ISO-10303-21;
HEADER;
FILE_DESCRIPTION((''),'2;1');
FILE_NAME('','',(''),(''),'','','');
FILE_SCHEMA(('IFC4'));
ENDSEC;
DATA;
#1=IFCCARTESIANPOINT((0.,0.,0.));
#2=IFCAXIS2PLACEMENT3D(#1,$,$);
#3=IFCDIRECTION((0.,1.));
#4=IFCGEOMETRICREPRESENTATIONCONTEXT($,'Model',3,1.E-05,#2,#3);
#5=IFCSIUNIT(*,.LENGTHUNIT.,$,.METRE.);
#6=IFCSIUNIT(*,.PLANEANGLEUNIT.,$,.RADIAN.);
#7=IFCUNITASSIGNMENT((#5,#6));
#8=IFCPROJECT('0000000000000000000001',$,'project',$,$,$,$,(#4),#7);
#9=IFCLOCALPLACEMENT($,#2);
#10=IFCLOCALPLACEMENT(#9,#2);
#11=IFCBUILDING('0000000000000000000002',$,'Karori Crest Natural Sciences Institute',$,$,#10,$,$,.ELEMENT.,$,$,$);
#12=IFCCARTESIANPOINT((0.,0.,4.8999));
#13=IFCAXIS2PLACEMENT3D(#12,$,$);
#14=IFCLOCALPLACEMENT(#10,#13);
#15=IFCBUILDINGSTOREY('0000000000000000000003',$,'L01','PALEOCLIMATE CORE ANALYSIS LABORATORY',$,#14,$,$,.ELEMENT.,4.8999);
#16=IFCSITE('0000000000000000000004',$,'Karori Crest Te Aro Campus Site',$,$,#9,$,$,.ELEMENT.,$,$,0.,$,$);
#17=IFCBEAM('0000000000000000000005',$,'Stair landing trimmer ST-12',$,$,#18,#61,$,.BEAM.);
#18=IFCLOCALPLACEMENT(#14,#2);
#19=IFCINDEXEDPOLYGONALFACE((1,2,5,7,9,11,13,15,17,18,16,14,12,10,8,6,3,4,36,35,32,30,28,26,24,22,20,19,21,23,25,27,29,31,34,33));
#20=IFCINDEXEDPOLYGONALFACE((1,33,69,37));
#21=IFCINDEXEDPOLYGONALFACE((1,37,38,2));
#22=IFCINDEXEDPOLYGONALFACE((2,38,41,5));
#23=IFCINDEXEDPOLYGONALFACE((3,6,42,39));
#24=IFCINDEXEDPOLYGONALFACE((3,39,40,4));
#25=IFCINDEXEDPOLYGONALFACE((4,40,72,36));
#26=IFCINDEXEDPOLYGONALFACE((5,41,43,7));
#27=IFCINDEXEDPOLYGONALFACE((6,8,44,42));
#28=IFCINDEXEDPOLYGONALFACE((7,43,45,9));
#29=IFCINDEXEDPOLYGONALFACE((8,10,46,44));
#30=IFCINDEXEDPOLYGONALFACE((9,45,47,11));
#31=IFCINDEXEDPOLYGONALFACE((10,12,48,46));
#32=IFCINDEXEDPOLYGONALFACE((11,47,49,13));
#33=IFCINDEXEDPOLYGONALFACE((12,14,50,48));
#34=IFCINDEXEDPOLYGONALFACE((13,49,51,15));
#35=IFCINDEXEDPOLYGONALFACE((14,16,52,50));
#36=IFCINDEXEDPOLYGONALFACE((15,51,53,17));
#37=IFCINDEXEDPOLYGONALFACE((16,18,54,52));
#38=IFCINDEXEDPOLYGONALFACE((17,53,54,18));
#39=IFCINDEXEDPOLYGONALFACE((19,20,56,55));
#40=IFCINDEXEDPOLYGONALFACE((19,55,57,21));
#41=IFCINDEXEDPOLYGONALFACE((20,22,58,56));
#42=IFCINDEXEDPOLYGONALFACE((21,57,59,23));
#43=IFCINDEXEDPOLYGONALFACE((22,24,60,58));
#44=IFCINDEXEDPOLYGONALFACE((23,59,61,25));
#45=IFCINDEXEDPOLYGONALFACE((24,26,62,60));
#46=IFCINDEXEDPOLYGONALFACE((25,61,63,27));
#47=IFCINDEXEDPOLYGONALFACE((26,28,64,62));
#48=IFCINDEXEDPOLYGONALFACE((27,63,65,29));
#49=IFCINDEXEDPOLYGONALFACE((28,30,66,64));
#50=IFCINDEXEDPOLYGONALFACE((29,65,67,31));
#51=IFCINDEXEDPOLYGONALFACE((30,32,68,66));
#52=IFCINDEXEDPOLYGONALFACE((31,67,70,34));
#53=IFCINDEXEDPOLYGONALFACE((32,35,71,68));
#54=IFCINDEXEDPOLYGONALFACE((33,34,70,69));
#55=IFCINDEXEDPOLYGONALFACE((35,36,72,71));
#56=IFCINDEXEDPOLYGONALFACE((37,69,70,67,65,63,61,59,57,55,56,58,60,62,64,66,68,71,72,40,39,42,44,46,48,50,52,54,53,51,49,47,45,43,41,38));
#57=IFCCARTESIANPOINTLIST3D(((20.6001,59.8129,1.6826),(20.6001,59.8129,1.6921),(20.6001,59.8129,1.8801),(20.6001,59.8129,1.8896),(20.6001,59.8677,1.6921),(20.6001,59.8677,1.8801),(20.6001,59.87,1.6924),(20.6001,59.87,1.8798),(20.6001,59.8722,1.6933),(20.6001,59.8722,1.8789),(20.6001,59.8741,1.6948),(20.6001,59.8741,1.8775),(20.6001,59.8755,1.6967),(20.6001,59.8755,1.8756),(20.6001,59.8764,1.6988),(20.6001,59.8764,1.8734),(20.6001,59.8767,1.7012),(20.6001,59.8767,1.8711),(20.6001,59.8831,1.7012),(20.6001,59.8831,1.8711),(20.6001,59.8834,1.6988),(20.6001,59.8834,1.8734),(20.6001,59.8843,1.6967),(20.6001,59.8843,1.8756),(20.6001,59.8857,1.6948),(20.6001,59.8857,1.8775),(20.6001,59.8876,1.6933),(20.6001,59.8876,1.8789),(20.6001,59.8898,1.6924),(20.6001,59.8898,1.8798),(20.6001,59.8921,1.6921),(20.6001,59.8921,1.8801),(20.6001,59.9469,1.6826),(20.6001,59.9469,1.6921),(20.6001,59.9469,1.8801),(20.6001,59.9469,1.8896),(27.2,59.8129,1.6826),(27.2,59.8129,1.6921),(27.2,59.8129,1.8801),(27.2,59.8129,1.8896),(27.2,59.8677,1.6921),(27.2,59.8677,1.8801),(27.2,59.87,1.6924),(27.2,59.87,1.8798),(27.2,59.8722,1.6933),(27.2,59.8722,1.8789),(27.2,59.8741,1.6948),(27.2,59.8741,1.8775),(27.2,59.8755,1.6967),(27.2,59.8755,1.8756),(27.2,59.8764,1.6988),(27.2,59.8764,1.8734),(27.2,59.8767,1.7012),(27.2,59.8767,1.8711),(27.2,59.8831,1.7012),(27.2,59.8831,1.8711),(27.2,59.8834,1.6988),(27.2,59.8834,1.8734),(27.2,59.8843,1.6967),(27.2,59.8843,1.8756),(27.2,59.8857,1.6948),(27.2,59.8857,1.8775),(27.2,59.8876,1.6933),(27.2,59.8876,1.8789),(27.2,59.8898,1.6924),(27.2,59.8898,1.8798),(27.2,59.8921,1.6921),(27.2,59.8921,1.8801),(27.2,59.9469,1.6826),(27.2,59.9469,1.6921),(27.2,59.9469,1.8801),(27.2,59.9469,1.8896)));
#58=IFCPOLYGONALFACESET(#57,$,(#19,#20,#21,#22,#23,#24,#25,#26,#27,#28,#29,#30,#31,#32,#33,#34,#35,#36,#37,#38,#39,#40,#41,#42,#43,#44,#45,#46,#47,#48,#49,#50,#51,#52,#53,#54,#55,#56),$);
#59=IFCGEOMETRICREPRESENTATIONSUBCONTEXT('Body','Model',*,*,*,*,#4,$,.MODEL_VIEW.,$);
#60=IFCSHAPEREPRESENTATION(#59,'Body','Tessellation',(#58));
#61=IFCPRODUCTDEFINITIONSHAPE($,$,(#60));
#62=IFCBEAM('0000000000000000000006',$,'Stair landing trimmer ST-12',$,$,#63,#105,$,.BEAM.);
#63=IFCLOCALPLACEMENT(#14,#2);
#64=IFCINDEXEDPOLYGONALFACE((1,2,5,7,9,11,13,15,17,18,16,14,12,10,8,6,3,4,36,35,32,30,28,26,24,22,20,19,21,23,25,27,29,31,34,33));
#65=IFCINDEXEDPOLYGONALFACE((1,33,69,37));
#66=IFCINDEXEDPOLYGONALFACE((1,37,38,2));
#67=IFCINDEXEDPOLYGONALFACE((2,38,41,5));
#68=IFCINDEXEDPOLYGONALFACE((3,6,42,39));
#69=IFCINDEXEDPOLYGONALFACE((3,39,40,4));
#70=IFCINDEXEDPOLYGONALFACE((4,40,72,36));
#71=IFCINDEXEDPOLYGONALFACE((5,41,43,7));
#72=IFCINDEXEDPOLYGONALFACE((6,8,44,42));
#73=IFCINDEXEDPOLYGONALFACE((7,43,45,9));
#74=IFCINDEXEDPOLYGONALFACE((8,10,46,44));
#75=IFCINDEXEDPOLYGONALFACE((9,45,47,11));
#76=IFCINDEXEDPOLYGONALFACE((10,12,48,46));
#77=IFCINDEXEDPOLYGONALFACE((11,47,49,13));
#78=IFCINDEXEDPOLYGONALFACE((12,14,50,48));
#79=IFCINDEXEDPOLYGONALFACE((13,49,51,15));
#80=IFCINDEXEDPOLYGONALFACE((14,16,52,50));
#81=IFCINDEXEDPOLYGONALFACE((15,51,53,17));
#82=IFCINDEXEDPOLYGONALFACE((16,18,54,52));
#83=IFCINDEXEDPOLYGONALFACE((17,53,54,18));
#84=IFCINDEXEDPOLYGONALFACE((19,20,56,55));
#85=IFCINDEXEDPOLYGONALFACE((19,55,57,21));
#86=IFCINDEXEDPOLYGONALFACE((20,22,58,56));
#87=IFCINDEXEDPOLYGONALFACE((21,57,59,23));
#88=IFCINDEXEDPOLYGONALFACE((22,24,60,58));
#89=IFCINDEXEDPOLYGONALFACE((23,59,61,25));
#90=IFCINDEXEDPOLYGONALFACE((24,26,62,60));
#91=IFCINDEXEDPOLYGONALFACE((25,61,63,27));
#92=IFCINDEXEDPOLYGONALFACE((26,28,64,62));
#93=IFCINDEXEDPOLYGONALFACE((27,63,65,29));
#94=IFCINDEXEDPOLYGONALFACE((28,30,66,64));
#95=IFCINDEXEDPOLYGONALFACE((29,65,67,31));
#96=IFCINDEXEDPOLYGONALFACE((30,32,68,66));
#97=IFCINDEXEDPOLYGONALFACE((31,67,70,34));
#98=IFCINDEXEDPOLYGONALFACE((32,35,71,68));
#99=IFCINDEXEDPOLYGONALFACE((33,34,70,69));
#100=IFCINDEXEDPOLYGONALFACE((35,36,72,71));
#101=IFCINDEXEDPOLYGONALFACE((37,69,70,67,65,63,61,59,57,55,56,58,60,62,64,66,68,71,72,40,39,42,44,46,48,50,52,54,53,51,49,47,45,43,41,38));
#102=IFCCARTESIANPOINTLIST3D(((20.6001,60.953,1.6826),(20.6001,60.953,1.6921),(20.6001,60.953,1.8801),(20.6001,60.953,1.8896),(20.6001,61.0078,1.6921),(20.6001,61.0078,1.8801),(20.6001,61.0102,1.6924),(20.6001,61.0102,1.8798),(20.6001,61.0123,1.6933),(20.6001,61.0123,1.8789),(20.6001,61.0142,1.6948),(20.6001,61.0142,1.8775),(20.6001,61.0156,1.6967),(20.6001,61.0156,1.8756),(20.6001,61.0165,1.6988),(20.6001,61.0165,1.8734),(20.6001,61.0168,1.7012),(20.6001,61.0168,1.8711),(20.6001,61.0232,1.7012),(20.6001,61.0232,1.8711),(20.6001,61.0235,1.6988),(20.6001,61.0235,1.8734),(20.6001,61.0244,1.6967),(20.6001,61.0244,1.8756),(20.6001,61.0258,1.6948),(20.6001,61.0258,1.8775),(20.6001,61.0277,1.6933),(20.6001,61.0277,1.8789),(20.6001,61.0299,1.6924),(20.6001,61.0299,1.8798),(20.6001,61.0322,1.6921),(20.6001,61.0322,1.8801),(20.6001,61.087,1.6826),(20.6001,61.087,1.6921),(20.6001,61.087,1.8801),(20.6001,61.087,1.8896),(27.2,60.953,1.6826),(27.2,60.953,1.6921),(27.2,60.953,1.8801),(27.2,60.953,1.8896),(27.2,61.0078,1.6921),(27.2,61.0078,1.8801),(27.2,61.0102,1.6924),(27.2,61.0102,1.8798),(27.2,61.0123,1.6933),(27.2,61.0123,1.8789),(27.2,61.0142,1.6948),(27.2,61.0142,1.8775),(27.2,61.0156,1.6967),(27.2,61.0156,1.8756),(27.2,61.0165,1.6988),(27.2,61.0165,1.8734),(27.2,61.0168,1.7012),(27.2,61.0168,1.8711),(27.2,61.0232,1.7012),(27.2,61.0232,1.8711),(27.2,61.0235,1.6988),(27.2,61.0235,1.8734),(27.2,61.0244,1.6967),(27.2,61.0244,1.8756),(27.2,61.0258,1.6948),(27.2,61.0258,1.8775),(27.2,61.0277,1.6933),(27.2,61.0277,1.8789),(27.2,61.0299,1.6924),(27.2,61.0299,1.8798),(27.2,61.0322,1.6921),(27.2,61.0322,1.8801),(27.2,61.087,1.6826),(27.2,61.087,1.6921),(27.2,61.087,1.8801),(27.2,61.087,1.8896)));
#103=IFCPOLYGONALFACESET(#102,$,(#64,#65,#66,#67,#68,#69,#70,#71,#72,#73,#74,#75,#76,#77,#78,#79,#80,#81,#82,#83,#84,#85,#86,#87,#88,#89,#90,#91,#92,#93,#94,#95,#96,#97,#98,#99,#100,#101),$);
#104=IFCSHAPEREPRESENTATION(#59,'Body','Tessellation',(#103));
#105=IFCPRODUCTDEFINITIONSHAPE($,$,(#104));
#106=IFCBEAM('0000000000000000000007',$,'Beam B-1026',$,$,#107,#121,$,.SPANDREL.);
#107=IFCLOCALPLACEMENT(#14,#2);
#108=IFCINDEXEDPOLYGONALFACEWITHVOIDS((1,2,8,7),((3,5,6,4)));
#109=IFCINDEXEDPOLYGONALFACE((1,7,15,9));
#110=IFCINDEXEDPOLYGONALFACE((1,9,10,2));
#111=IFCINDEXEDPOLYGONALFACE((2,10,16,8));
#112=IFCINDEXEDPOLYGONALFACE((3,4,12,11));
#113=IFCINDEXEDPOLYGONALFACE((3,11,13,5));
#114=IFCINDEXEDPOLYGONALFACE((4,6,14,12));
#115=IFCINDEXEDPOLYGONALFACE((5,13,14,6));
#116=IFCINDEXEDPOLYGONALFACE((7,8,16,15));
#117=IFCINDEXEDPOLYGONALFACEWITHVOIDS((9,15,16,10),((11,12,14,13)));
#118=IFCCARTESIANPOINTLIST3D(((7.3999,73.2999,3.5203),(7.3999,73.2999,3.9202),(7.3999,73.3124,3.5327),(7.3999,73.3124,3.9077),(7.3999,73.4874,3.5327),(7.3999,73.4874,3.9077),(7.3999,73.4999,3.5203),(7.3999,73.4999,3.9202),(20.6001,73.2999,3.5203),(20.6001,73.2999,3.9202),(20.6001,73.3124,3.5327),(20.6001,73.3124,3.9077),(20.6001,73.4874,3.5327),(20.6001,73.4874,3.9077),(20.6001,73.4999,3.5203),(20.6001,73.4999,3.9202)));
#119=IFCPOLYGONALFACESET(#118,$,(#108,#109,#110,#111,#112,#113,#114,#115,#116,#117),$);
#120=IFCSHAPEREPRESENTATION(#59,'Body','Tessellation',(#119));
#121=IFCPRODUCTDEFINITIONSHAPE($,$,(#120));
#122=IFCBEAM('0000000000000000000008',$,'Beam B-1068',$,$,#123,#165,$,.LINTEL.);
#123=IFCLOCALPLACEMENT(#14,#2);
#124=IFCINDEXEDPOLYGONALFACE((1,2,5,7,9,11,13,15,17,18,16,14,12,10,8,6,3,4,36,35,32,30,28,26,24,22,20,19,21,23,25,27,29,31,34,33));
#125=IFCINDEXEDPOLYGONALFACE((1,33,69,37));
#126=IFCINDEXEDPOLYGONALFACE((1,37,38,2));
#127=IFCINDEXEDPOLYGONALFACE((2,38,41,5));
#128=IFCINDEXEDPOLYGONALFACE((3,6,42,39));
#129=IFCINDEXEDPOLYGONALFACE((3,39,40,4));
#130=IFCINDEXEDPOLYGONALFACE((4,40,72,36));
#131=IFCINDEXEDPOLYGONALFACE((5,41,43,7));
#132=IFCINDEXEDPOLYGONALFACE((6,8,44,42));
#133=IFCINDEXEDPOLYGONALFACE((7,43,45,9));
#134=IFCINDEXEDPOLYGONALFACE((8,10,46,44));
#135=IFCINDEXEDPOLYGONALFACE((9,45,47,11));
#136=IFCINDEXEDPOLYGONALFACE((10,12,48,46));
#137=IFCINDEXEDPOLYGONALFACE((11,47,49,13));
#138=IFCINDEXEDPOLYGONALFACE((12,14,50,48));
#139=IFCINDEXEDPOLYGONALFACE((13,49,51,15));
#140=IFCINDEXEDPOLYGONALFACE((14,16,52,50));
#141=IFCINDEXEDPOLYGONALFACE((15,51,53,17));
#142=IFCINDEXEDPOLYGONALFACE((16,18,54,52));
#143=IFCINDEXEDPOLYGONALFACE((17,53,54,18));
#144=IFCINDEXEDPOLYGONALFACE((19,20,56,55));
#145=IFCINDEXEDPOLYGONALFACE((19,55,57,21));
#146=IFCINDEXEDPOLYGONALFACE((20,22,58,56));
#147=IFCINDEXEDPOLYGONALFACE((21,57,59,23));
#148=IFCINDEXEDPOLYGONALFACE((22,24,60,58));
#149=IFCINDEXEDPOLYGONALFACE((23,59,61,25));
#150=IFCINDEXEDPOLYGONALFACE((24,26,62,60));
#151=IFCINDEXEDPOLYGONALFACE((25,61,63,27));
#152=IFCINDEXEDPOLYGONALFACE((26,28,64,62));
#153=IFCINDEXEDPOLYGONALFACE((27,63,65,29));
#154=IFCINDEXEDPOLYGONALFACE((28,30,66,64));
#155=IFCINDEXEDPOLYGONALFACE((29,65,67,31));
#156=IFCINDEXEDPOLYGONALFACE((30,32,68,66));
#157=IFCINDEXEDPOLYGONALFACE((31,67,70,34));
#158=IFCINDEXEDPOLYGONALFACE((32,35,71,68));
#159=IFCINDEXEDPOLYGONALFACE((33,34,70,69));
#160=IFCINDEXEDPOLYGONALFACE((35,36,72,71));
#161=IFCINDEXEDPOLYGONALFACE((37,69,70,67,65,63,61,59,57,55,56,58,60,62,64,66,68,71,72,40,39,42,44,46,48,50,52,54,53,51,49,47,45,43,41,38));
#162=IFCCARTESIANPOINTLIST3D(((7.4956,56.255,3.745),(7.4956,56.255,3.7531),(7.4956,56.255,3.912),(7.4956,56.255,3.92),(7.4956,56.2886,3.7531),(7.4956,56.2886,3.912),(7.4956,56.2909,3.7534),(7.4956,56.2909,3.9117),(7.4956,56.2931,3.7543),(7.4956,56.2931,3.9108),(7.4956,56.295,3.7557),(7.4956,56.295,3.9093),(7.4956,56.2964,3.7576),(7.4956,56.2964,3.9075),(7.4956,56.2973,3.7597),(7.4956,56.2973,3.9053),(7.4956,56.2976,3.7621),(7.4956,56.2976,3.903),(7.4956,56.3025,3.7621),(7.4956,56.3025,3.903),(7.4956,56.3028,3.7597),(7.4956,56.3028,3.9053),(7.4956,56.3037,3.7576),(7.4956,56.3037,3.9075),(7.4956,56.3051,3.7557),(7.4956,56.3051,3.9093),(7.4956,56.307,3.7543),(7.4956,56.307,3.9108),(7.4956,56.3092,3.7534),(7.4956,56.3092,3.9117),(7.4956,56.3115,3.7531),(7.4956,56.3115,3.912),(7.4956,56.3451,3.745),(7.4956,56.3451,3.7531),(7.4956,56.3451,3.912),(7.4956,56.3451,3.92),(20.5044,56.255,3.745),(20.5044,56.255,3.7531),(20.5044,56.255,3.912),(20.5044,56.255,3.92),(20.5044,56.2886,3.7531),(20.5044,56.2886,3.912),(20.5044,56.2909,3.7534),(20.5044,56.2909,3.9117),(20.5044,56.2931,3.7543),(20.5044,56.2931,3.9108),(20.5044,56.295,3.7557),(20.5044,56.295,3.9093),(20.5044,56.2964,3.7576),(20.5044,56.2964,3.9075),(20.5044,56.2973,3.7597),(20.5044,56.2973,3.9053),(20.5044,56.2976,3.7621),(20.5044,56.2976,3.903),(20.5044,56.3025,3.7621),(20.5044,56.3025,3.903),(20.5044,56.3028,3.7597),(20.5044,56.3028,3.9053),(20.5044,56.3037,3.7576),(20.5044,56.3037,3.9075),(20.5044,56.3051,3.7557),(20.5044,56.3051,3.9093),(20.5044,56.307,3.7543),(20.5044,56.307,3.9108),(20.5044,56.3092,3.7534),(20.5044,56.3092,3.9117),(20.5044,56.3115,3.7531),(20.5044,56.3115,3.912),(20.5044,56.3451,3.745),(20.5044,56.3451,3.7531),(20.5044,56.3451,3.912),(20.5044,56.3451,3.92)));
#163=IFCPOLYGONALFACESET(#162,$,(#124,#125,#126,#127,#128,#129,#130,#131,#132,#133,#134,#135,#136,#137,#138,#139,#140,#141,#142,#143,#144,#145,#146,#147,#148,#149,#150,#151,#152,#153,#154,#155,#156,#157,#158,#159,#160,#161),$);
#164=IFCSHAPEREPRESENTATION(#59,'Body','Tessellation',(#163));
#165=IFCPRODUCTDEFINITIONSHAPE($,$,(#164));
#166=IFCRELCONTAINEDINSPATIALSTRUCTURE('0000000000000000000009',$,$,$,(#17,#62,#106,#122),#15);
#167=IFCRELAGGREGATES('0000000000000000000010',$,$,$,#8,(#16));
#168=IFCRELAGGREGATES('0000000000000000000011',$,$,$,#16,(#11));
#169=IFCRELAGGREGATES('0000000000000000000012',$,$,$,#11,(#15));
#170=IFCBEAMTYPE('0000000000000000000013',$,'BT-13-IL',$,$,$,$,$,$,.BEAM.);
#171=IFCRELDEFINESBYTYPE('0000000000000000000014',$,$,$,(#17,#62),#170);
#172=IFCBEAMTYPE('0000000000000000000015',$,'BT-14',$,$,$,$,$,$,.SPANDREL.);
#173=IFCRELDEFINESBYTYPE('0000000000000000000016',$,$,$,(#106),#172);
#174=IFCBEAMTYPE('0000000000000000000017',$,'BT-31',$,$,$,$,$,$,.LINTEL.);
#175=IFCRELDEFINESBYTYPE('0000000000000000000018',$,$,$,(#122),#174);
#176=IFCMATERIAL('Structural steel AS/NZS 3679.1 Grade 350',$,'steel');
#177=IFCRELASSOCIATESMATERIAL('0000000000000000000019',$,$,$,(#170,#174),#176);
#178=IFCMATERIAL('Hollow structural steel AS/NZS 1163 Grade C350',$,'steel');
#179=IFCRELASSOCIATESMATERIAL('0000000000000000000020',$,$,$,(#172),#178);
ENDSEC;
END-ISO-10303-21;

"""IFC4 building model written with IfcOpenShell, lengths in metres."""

from ifc_helpers import new_model, si_unit, direction, frame, origin, origin_2d, place, context, subcontext, project, spatial, hollow_rectangle, i_section, extrude, material, material_profile, profile_set, type_object, element, save


model = new_model("IFC4")

# Units and contexts
model_context = context("Model", 3, precision=1e-05, world=origin(), true_north=direction((0.0, 1.0)))
body_context = subcontext(model_context, "Body", "Model", "MODEL_VIEW")
ifc_project = project(units=[si_unit("LENGTHUNIT", "METRE"), si_unit("PLANEANGLEUNIT", "RADIAN")], contexts=[model_context])

# Site, building, storey
site_placement = place(None, origin())
site = spatial("IfcSite", under=ifc_project, at=site_placement, Name="Karori Crest Te Aro Campus Site", CompositionType="ELEMENT", RefElevation=0.0)
building_placement = place(site_placement, origin())
building = spatial("IfcBuilding", under=site, at=building_placement, Name="Karori Crest Natural Sciences Institute", CompositionType="ELEMENT")
storey_placement = place(building_placement, frame((0.0, 0.0, 4.8999)))
storey = spatial("IfcBuildingStorey", under=building, at=storey_placement, Name="L01", Description="PALEOCLIMATE CORE ANALYSIS LABORATORY", CompositionType="ELEMENT", Elevation=4.8999)

# Shared definitions
ifc_material_1 = material(Name="Structural steel AS/NZS 3679.1 Grade 350", Category="steel")
ifc_material_2 = material(Name="Hollow structural steel AS/NZS 1163 Grade C350", Category="steel")

# Beams
ifc_material_profile_1 = material_profile(ifc_material_1, i_section(OverallWidth=0.134, OverallDepth=0.207, WebThickness=0.0063, FlangeThickness=0.0095, FilletRadius=0.009, at=origin_2d()), Name="200UB29.8")
ifc_profile_set_1 = profile_set([ifc_material_profile_1], Name="Structural steel AS/NZS 3679.1 Grade 350")
beam_type_1 = type_object("IfcBeamType", Name="BT-13-IL", PredefinedType="BEAM", material=ifc_profile_set_1)
for number, where, z_axis, x_axis, name in (
    (1, (20.6001, 59.8799, 1.7861), (1.0, 0.0, 0.0), (0.0, 1.0, 0.0), "Stair landing trimmer ST-12"),
    (2, (20.6001, 61.02, 1.7861), (1.0, 0.0, 0.0), (0.0, 1.0, 0.0), "Stair landing trimmer ST-12"),
):
    element("IfcBeam", number, at=place(storey_placement, frame(where, z_axis=z_axis, x_axis=x_axis)), inside=storey, type_object=beam_type_1, Name=name, PredefinedType="BEAM", context=body_context, shape_type="SweptSolid", body=[
        extrude(i_section(OverallWidth=0.134, OverallDepth=0.207, WebThickness=0.0063, FlangeThickness=0.0095, FilletRadius=0.009, at=origin_2d()), origin(), (0.0, 0.0, 1.0), 6.5999),
    ])
ifc_material_profile_2 = material_profile(ifc_material_2, hollow_rectangle(XDim=0.2, YDim=0.3999, WallThickness=0.0125, at=origin_2d()), Name="RHS400x200x12.5")
ifc_profile_set_2 = profile_set([ifc_material_profile_2], Name="Hollow structural steel AS/NZS 1163 Grade C350")
beam_type_2 = type_object("IfcBeamType", Name="BT-14", PredefinedType="SPANDREL", material=ifc_profile_set_2)
beam_1_placement = place(storey_placement, frame((7.3999, 73.3999, 3.7202), z_axis=(1.0, 0.0, 0.0), x_axis=(0.0, 1.0, 0.0)))
element("IfcBeam", 3, at=beam_1_placement, inside=storey, type_object=beam_type_2, Name="Beam B-1026", PredefinedType="SPANDREL", context=body_context, shape_type="SweptSolid", body=[
    extrude(hollow_rectangle(XDim=0.2, YDim=0.3999, WallThickness=0.0125, at=origin_2d()), origin(), (0.0, 0.0, 1.0), 13.2002),
])
ifc_material_profile_3 = material_profile(ifc_material_1, i_section(OverallWidth=0.0901, OverallDepth=0.175, WebThickness=0.0049, FlangeThickness=0.0081, FilletRadius=0.009, at=origin_2d()), Name="180UB18.1")
ifc_profile_set_3 = profile_set([ifc_material_profile_3], Name="Structural steel AS/NZS 3679.1 Grade 350")
beam_type_3 = type_object("IfcBeamType", Name="BT-31", PredefinedType="LINTEL", material=ifc_profile_set_3)
beam_2_placement = place(storey_placement, frame((7.4956, 56.3, 3.8325), z_axis=(1.0, 0.0, 0.0), x_axis=(0.0, 1.0, 0.0)))
element("IfcBeam", 4, at=beam_2_placement, inside=storey, type_object=beam_type_3, Name="Beam B-1068", PredefinedType="LINTEL", context=body_context, shape_type="SweptSolid", body=[
    extrude(i_section(OverallWidth=0.0901, OverallDepth=0.175, WebThickness=0.0049, FlangeThickness=0.0081, FilletRadius=0.009, at=origin_2d()), origin(), (0.0, 0.0, 1.0), 13.0088),
])

save(model, "model.ifc")
